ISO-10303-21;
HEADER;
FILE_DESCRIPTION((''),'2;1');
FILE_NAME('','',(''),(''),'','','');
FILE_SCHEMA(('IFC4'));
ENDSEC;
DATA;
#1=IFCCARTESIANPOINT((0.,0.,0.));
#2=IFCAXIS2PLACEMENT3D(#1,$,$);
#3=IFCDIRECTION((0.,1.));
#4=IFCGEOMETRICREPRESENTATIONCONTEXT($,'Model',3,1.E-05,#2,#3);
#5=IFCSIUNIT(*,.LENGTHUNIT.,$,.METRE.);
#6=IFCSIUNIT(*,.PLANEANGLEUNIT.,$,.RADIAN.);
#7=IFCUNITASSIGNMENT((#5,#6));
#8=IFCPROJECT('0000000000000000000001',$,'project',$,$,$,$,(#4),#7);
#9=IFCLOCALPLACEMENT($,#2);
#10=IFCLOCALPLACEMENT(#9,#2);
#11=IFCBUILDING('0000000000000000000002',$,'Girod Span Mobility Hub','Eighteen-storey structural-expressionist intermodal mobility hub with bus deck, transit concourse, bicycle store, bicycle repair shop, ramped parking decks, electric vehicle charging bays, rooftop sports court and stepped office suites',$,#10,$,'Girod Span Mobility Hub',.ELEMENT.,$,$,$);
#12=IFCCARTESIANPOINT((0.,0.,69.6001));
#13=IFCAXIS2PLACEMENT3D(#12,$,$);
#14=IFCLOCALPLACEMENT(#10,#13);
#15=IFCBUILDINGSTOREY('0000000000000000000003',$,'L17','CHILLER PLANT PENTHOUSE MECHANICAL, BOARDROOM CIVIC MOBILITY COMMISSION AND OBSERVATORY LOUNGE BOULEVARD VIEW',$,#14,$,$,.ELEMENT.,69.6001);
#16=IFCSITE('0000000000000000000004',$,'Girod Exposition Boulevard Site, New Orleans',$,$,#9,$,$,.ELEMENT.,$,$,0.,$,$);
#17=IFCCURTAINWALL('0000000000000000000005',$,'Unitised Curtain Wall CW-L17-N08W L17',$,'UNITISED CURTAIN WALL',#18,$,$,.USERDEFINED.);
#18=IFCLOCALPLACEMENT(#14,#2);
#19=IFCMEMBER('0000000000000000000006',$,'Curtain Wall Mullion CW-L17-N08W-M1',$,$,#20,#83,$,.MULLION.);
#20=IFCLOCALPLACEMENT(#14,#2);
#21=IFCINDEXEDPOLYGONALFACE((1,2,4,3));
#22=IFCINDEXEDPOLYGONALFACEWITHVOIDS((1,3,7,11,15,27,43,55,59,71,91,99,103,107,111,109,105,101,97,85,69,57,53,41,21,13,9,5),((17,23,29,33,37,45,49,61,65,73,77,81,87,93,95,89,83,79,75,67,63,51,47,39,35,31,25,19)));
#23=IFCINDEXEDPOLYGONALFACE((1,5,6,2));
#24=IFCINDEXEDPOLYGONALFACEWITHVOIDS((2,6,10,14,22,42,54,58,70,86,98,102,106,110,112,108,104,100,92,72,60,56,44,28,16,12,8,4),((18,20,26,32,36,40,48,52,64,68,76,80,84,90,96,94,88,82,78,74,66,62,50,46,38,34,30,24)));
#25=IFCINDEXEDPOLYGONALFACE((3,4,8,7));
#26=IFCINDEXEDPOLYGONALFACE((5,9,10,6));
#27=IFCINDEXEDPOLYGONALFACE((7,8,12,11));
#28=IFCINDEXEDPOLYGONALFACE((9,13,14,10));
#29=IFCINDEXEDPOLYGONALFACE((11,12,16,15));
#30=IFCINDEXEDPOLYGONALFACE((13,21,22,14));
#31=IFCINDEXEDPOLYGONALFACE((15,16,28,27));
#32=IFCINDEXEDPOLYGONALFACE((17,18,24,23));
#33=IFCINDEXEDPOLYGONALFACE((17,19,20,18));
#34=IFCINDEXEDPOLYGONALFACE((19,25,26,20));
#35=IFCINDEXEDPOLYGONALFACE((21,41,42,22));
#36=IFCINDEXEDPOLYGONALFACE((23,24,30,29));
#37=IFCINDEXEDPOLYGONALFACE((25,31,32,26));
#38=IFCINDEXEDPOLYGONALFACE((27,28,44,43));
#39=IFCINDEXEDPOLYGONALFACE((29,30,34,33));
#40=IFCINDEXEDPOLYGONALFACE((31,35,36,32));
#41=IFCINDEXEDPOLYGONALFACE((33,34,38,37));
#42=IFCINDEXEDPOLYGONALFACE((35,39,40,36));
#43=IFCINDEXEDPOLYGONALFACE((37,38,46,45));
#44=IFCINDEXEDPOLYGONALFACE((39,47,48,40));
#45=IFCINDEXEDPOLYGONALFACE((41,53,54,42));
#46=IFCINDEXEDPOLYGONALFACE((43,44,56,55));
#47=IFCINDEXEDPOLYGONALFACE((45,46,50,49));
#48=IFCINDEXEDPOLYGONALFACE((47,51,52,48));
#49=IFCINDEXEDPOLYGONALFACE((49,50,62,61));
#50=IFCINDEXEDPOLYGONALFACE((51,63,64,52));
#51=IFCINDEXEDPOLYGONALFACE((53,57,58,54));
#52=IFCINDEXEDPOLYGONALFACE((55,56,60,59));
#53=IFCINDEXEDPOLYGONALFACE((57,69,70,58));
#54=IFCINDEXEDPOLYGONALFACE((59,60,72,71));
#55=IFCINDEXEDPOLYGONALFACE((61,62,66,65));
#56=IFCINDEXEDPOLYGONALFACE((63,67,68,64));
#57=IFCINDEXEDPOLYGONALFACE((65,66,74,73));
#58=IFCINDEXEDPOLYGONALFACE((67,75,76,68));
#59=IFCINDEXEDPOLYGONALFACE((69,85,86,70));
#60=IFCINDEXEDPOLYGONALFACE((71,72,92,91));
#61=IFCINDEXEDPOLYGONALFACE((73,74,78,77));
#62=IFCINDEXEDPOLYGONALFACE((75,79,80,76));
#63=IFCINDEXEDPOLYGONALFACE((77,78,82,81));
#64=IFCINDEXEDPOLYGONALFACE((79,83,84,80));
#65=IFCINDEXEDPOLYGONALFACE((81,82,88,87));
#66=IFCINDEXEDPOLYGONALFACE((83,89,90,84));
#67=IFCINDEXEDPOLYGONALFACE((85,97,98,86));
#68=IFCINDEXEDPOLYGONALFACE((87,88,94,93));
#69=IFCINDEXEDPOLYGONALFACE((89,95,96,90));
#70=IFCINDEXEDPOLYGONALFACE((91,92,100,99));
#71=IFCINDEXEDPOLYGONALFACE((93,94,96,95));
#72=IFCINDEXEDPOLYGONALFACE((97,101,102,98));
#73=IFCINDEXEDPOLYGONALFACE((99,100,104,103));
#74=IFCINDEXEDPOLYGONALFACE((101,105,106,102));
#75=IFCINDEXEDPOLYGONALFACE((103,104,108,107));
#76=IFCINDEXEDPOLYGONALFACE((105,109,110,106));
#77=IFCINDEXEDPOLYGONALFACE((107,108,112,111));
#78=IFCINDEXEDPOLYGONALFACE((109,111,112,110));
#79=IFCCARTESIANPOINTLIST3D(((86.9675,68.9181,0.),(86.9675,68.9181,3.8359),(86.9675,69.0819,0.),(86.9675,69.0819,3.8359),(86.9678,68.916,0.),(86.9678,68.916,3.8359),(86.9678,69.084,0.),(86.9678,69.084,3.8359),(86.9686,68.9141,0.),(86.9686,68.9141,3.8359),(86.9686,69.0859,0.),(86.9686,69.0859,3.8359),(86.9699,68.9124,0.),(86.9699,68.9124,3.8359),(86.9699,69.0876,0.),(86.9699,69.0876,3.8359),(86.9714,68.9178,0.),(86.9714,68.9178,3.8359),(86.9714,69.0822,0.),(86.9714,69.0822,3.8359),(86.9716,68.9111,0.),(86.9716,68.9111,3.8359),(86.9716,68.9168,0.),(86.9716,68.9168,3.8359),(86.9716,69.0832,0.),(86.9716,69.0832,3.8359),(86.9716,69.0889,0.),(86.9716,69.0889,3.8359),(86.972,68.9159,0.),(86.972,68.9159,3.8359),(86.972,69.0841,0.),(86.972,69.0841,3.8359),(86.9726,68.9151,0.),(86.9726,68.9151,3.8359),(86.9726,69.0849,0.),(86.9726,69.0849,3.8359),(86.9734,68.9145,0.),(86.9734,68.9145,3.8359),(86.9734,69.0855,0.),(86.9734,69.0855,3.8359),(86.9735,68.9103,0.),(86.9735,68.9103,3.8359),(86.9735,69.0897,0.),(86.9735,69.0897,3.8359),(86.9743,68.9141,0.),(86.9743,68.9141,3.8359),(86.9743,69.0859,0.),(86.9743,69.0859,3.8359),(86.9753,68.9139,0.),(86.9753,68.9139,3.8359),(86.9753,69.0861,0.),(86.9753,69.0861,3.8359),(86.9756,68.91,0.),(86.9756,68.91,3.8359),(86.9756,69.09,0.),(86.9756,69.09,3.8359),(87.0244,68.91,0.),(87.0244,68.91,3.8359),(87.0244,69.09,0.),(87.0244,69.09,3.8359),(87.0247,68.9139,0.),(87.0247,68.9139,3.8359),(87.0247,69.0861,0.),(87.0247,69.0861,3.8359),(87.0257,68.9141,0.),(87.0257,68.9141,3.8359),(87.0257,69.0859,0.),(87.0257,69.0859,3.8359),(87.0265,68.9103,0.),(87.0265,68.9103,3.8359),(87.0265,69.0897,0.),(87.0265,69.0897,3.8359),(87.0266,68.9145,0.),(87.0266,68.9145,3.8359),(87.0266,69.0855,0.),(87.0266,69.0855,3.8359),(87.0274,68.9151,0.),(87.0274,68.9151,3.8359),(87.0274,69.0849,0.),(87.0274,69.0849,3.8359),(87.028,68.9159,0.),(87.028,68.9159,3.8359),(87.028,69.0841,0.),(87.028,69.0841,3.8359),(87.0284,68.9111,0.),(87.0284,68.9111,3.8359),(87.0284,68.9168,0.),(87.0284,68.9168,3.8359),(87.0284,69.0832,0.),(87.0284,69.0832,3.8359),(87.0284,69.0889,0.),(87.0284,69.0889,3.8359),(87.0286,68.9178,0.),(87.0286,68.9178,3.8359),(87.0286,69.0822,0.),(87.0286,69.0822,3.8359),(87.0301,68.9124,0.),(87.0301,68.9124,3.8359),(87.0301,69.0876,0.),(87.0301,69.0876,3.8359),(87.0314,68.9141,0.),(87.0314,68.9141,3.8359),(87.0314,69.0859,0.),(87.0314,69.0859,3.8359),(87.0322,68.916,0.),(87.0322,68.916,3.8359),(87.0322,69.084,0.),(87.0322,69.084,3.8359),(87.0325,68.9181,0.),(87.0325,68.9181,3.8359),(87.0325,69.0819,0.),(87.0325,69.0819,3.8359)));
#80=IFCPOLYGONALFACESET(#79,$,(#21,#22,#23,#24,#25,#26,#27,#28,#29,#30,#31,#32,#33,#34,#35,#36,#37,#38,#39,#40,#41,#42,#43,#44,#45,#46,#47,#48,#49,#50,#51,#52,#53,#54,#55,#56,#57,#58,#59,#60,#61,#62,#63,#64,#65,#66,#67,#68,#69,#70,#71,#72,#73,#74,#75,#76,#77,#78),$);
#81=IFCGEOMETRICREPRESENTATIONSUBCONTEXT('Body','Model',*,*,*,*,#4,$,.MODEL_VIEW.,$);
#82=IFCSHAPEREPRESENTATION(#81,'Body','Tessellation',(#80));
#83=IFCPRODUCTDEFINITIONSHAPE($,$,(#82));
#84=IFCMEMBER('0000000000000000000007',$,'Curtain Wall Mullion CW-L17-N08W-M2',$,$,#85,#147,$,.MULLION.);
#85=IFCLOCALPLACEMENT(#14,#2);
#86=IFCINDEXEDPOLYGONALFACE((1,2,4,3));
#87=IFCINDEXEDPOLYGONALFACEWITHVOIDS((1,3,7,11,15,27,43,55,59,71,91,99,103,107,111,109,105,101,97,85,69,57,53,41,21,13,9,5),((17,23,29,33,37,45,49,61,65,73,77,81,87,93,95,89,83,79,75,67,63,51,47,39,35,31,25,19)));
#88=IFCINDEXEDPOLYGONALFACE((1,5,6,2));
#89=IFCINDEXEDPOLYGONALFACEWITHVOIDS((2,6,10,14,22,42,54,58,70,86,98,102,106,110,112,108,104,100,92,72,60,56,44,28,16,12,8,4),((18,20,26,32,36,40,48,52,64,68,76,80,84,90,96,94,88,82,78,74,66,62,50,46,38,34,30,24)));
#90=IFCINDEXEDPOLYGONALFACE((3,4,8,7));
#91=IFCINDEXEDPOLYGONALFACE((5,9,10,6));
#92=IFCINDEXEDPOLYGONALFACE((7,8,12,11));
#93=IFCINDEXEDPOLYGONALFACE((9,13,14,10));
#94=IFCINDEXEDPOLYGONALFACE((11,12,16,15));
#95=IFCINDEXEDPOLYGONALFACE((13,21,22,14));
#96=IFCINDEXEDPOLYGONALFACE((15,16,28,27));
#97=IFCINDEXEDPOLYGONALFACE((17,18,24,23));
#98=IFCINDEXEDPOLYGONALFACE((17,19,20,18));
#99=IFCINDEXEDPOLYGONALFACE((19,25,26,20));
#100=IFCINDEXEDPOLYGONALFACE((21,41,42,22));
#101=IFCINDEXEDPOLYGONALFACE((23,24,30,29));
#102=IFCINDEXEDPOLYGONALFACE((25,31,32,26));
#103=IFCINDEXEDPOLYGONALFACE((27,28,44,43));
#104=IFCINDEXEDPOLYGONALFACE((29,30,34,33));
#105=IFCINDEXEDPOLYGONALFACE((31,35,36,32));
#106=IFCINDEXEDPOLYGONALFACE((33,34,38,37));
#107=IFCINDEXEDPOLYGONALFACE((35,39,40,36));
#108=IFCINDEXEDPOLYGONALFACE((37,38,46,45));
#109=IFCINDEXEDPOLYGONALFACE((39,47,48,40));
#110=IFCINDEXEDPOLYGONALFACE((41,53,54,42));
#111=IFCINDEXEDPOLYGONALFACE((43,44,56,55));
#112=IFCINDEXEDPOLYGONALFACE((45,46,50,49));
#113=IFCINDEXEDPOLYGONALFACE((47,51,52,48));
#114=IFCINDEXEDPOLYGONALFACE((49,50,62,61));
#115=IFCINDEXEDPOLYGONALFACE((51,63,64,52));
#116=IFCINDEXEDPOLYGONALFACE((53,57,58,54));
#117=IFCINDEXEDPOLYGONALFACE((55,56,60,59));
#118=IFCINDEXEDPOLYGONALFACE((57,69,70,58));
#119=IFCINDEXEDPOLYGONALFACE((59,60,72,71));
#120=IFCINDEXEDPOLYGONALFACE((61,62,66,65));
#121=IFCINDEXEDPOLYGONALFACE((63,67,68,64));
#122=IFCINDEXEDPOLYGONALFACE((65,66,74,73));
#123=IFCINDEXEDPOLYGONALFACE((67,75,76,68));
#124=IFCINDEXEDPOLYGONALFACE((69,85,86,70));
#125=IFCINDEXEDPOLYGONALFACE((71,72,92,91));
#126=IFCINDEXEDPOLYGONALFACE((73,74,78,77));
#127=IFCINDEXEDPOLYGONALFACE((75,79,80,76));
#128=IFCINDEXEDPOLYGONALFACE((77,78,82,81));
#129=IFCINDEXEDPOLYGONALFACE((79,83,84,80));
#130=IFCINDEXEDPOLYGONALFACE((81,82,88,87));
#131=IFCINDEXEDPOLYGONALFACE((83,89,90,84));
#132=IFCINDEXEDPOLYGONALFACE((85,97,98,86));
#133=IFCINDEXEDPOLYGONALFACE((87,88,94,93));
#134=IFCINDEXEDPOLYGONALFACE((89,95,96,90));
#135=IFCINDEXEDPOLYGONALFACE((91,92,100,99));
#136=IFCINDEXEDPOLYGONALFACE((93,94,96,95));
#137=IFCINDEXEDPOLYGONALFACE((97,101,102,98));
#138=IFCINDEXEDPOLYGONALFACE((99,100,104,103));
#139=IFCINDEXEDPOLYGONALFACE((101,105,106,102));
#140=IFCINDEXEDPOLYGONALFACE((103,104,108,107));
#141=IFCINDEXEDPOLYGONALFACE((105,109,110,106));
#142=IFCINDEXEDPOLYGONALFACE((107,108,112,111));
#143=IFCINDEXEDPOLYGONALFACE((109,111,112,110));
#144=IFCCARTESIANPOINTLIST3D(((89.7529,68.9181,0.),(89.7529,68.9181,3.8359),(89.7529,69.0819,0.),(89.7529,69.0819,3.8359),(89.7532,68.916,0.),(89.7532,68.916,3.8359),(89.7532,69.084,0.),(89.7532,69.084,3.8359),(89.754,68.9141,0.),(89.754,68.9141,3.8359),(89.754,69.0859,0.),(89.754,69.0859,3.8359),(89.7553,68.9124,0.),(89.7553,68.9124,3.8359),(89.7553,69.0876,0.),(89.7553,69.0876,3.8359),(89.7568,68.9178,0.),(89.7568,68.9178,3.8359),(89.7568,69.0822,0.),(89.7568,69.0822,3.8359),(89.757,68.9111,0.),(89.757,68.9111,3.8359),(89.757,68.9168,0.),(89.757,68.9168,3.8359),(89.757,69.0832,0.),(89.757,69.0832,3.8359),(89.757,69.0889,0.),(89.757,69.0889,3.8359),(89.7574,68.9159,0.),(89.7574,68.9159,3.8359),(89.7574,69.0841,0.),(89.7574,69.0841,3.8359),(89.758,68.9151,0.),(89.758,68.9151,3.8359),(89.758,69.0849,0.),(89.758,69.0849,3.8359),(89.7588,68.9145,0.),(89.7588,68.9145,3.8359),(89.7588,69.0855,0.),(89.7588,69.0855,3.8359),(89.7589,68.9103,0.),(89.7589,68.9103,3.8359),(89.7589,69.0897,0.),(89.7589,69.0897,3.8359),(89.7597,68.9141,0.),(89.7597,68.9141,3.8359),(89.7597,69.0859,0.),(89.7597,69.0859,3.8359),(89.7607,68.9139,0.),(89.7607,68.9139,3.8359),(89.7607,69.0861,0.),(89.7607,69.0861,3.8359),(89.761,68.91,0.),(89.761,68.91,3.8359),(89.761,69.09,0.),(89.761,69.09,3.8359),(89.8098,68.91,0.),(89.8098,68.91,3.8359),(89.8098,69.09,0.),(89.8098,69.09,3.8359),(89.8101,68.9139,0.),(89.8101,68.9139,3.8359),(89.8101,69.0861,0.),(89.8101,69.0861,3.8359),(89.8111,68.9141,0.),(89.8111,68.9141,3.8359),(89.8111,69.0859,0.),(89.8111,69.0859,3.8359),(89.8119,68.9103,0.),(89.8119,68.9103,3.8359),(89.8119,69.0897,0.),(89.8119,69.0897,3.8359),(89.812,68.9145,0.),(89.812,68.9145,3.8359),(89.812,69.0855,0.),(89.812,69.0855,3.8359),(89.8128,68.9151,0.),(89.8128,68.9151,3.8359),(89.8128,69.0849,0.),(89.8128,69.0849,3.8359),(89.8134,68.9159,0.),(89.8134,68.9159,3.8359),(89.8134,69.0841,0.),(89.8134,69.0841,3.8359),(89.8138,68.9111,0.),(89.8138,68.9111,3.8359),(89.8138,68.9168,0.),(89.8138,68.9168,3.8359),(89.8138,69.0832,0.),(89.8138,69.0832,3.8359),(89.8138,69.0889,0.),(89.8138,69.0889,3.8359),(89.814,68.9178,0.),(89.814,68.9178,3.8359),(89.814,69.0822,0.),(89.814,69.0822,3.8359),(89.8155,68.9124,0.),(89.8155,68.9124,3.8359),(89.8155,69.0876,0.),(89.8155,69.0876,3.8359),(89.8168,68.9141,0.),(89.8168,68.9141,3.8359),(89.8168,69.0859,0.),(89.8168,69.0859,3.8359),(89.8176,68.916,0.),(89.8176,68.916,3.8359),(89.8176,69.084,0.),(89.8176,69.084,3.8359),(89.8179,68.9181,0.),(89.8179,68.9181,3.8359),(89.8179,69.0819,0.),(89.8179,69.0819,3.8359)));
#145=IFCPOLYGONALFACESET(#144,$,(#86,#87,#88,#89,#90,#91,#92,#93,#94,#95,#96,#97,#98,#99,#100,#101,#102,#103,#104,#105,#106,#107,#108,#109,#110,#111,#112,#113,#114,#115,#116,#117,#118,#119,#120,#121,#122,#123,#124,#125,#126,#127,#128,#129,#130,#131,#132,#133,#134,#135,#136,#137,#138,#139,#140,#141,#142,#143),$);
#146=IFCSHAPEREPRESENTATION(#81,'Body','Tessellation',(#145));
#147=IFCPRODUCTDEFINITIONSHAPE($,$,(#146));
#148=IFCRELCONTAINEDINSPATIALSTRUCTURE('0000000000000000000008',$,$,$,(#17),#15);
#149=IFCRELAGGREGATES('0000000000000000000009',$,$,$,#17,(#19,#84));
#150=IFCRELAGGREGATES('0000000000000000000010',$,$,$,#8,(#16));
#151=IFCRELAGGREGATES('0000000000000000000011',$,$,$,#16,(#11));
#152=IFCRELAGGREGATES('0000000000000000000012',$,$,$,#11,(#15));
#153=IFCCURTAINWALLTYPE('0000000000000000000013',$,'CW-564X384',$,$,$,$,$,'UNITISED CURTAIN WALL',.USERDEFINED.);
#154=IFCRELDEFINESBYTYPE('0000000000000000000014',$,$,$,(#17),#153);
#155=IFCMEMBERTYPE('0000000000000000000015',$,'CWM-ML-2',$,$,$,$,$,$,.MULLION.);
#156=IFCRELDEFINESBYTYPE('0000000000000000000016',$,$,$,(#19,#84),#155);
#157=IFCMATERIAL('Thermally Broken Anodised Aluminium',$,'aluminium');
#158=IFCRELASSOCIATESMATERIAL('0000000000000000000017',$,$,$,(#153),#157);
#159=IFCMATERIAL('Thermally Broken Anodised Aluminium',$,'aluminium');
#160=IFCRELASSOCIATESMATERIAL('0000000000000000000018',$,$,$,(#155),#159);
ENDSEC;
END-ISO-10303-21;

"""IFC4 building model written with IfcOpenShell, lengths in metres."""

from ifc_helpers import new_model, si_unit, direction, frame, origin, origin_2d, place, context, subcontext, project, spatial, hollow_rectangle, extrude, material, material_profile, profile_set, type_object, element, aggregate, save


model = new_model("IFC4")

# Units and contexts
model_context = context("Model", 3, precision=1e-05, world=origin(), true_north=direction((0.0, 1.0)))
body_context = subcontext(model_context, "Body", "Model", "MODEL_VIEW")
ifc_project = project(units=[si_unit("LENGTHUNIT", "METRE"), si_unit("PLANEANGLEUNIT", "RADIAN")], contexts=[model_context])

# Site, building, storey
site_placement = place(None, origin())
site = spatial("IfcSite", under=ifc_project, at=site_placement, Name="Girod Exposition Boulevard Site, New Orleans", CompositionType="ELEMENT", RefElevation=0.0)
building_placement = place(site_placement, origin())
building = spatial("IfcBuilding", under=site, at=building_placement, Name="Girod Span Mobility Hub", Description="Eighteen-storey structural-expressionist intermodal mobility hub with bus deck, transit concourse, bicycle store, bicycle repair shop, ramped parking decks, electric vehicle charging bays, rooftop sports court and stepped office suites", LongName="Girod Span Mobility Hub", CompositionType="ELEMENT")
storey_placement = place(building_placement, frame((0.0, 0.0, 69.6001)))
storey = spatial("IfcBuildingStorey", under=building, at=storey_placement, Name="L17", Description="CHILLER PLANT PENTHOUSE MECHANICAL, BOARDROOM CIVIC MOBILITY COMMISSION AND OBSERVATORY LOUNGE BOULEVARD VIEW", CompositionType="ELEMENT", Elevation=69.6001)

# Shared definitions
ifc_material_1 = material(Name="Thermally Broken Anodised Aluminium", Category="aluminium")
curtain_wall_type = type_object("IfcCurtainWallType", Name="CW-564X384", ElementType="UNITISED CURTAIN WALL", PredefinedType="USERDEFINED", material=ifc_material_1)
ifc_material_2 = material(Name="Thermally Broken Anodised Aluminium", Category="aluminium")
ifc_material_profile_1 = material_profile(ifc_material_2, hollow_rectangle(XDim=0.1799, YDim=0.0649, WallThickness=0.0039, InnerFilletRadius=0.0039, OuterFilletRadius=0.0081, at=origin_2d()), Name="CW-ML-65X180")
ifc_profile_set_1 = profile_set([ifc_material_profile_1], Name="Thermally Broken Anodised Aluminium")
member_type_1 = type_object("IfcMemberType", Name="CWM-ML-2", PredefinedType="MULLION", material=ifc_profile_set_1)

# Curtain wall, members
curtain_wall_1_placement = place(storey_placement, origin())
curtain_wall_1 = element("IfcCurtainWall", 1, at=curtain_wall_1_placement, inside=storey, type_object=curtain_wall_type, Name="Unitised Curtain Wall CW-L17-N08W L17", ObjectType="UNITISED CURTAIN WALL", PredefinedType="USERDEFINED")
member_1_placement = place(storey_placement, frame((87.0, 69.0, 0.0), z_axis=(0.0, 0.0, 1.0), x_axis=(0.0, 1.0, 0.0)))
member_1 = element("IfcMember", 2, at=member_1_placement, type_object=member_type_1, Name="Curtain Wall Mullion CW-L17-N08W-M1", PredefinedType="MULLION", context=body_context, shape_type="SweptSolid", body=[
    extrude(hollow_rectangle(XDim=0.1799, YDim=0.0649, WallThickness=0.0039, InnerFilletRadius=0.0039, OuterFilletRadius=0.0081, at=origin_2d()), origin(), (0.0, 0.0, 1.0), 3.8359),
])
member_2_placement = place(storey_placement, frame((89.7854, 69.0, 0.0), z_axis=(0.0, 0.0, 1.0), x_axis=(0.0, 1.0, 0.0)))
member_2 = element("IfcMember", 3, at=member_2_placement, type_object=member_type_1, Name="Curtain Wall Mullion CW-L17-N08W-M2", PredefinedType="MULLION", context=body_context, shape_type="SweptSolid", body=[
    extrude(hollow_rectangle(XDim=0.1799, YDim=0.0649, WallThickness=0.0039, InnerFilletRadius=0.0039, OuterFilletRadius=0.0081, at=origin_2d()), origin(), (0.0, 0.0, 1.0), 3.8359),
])

aggregate(curtain_wall_1, [member_1, member_2])

save(model, "model.ifc")
